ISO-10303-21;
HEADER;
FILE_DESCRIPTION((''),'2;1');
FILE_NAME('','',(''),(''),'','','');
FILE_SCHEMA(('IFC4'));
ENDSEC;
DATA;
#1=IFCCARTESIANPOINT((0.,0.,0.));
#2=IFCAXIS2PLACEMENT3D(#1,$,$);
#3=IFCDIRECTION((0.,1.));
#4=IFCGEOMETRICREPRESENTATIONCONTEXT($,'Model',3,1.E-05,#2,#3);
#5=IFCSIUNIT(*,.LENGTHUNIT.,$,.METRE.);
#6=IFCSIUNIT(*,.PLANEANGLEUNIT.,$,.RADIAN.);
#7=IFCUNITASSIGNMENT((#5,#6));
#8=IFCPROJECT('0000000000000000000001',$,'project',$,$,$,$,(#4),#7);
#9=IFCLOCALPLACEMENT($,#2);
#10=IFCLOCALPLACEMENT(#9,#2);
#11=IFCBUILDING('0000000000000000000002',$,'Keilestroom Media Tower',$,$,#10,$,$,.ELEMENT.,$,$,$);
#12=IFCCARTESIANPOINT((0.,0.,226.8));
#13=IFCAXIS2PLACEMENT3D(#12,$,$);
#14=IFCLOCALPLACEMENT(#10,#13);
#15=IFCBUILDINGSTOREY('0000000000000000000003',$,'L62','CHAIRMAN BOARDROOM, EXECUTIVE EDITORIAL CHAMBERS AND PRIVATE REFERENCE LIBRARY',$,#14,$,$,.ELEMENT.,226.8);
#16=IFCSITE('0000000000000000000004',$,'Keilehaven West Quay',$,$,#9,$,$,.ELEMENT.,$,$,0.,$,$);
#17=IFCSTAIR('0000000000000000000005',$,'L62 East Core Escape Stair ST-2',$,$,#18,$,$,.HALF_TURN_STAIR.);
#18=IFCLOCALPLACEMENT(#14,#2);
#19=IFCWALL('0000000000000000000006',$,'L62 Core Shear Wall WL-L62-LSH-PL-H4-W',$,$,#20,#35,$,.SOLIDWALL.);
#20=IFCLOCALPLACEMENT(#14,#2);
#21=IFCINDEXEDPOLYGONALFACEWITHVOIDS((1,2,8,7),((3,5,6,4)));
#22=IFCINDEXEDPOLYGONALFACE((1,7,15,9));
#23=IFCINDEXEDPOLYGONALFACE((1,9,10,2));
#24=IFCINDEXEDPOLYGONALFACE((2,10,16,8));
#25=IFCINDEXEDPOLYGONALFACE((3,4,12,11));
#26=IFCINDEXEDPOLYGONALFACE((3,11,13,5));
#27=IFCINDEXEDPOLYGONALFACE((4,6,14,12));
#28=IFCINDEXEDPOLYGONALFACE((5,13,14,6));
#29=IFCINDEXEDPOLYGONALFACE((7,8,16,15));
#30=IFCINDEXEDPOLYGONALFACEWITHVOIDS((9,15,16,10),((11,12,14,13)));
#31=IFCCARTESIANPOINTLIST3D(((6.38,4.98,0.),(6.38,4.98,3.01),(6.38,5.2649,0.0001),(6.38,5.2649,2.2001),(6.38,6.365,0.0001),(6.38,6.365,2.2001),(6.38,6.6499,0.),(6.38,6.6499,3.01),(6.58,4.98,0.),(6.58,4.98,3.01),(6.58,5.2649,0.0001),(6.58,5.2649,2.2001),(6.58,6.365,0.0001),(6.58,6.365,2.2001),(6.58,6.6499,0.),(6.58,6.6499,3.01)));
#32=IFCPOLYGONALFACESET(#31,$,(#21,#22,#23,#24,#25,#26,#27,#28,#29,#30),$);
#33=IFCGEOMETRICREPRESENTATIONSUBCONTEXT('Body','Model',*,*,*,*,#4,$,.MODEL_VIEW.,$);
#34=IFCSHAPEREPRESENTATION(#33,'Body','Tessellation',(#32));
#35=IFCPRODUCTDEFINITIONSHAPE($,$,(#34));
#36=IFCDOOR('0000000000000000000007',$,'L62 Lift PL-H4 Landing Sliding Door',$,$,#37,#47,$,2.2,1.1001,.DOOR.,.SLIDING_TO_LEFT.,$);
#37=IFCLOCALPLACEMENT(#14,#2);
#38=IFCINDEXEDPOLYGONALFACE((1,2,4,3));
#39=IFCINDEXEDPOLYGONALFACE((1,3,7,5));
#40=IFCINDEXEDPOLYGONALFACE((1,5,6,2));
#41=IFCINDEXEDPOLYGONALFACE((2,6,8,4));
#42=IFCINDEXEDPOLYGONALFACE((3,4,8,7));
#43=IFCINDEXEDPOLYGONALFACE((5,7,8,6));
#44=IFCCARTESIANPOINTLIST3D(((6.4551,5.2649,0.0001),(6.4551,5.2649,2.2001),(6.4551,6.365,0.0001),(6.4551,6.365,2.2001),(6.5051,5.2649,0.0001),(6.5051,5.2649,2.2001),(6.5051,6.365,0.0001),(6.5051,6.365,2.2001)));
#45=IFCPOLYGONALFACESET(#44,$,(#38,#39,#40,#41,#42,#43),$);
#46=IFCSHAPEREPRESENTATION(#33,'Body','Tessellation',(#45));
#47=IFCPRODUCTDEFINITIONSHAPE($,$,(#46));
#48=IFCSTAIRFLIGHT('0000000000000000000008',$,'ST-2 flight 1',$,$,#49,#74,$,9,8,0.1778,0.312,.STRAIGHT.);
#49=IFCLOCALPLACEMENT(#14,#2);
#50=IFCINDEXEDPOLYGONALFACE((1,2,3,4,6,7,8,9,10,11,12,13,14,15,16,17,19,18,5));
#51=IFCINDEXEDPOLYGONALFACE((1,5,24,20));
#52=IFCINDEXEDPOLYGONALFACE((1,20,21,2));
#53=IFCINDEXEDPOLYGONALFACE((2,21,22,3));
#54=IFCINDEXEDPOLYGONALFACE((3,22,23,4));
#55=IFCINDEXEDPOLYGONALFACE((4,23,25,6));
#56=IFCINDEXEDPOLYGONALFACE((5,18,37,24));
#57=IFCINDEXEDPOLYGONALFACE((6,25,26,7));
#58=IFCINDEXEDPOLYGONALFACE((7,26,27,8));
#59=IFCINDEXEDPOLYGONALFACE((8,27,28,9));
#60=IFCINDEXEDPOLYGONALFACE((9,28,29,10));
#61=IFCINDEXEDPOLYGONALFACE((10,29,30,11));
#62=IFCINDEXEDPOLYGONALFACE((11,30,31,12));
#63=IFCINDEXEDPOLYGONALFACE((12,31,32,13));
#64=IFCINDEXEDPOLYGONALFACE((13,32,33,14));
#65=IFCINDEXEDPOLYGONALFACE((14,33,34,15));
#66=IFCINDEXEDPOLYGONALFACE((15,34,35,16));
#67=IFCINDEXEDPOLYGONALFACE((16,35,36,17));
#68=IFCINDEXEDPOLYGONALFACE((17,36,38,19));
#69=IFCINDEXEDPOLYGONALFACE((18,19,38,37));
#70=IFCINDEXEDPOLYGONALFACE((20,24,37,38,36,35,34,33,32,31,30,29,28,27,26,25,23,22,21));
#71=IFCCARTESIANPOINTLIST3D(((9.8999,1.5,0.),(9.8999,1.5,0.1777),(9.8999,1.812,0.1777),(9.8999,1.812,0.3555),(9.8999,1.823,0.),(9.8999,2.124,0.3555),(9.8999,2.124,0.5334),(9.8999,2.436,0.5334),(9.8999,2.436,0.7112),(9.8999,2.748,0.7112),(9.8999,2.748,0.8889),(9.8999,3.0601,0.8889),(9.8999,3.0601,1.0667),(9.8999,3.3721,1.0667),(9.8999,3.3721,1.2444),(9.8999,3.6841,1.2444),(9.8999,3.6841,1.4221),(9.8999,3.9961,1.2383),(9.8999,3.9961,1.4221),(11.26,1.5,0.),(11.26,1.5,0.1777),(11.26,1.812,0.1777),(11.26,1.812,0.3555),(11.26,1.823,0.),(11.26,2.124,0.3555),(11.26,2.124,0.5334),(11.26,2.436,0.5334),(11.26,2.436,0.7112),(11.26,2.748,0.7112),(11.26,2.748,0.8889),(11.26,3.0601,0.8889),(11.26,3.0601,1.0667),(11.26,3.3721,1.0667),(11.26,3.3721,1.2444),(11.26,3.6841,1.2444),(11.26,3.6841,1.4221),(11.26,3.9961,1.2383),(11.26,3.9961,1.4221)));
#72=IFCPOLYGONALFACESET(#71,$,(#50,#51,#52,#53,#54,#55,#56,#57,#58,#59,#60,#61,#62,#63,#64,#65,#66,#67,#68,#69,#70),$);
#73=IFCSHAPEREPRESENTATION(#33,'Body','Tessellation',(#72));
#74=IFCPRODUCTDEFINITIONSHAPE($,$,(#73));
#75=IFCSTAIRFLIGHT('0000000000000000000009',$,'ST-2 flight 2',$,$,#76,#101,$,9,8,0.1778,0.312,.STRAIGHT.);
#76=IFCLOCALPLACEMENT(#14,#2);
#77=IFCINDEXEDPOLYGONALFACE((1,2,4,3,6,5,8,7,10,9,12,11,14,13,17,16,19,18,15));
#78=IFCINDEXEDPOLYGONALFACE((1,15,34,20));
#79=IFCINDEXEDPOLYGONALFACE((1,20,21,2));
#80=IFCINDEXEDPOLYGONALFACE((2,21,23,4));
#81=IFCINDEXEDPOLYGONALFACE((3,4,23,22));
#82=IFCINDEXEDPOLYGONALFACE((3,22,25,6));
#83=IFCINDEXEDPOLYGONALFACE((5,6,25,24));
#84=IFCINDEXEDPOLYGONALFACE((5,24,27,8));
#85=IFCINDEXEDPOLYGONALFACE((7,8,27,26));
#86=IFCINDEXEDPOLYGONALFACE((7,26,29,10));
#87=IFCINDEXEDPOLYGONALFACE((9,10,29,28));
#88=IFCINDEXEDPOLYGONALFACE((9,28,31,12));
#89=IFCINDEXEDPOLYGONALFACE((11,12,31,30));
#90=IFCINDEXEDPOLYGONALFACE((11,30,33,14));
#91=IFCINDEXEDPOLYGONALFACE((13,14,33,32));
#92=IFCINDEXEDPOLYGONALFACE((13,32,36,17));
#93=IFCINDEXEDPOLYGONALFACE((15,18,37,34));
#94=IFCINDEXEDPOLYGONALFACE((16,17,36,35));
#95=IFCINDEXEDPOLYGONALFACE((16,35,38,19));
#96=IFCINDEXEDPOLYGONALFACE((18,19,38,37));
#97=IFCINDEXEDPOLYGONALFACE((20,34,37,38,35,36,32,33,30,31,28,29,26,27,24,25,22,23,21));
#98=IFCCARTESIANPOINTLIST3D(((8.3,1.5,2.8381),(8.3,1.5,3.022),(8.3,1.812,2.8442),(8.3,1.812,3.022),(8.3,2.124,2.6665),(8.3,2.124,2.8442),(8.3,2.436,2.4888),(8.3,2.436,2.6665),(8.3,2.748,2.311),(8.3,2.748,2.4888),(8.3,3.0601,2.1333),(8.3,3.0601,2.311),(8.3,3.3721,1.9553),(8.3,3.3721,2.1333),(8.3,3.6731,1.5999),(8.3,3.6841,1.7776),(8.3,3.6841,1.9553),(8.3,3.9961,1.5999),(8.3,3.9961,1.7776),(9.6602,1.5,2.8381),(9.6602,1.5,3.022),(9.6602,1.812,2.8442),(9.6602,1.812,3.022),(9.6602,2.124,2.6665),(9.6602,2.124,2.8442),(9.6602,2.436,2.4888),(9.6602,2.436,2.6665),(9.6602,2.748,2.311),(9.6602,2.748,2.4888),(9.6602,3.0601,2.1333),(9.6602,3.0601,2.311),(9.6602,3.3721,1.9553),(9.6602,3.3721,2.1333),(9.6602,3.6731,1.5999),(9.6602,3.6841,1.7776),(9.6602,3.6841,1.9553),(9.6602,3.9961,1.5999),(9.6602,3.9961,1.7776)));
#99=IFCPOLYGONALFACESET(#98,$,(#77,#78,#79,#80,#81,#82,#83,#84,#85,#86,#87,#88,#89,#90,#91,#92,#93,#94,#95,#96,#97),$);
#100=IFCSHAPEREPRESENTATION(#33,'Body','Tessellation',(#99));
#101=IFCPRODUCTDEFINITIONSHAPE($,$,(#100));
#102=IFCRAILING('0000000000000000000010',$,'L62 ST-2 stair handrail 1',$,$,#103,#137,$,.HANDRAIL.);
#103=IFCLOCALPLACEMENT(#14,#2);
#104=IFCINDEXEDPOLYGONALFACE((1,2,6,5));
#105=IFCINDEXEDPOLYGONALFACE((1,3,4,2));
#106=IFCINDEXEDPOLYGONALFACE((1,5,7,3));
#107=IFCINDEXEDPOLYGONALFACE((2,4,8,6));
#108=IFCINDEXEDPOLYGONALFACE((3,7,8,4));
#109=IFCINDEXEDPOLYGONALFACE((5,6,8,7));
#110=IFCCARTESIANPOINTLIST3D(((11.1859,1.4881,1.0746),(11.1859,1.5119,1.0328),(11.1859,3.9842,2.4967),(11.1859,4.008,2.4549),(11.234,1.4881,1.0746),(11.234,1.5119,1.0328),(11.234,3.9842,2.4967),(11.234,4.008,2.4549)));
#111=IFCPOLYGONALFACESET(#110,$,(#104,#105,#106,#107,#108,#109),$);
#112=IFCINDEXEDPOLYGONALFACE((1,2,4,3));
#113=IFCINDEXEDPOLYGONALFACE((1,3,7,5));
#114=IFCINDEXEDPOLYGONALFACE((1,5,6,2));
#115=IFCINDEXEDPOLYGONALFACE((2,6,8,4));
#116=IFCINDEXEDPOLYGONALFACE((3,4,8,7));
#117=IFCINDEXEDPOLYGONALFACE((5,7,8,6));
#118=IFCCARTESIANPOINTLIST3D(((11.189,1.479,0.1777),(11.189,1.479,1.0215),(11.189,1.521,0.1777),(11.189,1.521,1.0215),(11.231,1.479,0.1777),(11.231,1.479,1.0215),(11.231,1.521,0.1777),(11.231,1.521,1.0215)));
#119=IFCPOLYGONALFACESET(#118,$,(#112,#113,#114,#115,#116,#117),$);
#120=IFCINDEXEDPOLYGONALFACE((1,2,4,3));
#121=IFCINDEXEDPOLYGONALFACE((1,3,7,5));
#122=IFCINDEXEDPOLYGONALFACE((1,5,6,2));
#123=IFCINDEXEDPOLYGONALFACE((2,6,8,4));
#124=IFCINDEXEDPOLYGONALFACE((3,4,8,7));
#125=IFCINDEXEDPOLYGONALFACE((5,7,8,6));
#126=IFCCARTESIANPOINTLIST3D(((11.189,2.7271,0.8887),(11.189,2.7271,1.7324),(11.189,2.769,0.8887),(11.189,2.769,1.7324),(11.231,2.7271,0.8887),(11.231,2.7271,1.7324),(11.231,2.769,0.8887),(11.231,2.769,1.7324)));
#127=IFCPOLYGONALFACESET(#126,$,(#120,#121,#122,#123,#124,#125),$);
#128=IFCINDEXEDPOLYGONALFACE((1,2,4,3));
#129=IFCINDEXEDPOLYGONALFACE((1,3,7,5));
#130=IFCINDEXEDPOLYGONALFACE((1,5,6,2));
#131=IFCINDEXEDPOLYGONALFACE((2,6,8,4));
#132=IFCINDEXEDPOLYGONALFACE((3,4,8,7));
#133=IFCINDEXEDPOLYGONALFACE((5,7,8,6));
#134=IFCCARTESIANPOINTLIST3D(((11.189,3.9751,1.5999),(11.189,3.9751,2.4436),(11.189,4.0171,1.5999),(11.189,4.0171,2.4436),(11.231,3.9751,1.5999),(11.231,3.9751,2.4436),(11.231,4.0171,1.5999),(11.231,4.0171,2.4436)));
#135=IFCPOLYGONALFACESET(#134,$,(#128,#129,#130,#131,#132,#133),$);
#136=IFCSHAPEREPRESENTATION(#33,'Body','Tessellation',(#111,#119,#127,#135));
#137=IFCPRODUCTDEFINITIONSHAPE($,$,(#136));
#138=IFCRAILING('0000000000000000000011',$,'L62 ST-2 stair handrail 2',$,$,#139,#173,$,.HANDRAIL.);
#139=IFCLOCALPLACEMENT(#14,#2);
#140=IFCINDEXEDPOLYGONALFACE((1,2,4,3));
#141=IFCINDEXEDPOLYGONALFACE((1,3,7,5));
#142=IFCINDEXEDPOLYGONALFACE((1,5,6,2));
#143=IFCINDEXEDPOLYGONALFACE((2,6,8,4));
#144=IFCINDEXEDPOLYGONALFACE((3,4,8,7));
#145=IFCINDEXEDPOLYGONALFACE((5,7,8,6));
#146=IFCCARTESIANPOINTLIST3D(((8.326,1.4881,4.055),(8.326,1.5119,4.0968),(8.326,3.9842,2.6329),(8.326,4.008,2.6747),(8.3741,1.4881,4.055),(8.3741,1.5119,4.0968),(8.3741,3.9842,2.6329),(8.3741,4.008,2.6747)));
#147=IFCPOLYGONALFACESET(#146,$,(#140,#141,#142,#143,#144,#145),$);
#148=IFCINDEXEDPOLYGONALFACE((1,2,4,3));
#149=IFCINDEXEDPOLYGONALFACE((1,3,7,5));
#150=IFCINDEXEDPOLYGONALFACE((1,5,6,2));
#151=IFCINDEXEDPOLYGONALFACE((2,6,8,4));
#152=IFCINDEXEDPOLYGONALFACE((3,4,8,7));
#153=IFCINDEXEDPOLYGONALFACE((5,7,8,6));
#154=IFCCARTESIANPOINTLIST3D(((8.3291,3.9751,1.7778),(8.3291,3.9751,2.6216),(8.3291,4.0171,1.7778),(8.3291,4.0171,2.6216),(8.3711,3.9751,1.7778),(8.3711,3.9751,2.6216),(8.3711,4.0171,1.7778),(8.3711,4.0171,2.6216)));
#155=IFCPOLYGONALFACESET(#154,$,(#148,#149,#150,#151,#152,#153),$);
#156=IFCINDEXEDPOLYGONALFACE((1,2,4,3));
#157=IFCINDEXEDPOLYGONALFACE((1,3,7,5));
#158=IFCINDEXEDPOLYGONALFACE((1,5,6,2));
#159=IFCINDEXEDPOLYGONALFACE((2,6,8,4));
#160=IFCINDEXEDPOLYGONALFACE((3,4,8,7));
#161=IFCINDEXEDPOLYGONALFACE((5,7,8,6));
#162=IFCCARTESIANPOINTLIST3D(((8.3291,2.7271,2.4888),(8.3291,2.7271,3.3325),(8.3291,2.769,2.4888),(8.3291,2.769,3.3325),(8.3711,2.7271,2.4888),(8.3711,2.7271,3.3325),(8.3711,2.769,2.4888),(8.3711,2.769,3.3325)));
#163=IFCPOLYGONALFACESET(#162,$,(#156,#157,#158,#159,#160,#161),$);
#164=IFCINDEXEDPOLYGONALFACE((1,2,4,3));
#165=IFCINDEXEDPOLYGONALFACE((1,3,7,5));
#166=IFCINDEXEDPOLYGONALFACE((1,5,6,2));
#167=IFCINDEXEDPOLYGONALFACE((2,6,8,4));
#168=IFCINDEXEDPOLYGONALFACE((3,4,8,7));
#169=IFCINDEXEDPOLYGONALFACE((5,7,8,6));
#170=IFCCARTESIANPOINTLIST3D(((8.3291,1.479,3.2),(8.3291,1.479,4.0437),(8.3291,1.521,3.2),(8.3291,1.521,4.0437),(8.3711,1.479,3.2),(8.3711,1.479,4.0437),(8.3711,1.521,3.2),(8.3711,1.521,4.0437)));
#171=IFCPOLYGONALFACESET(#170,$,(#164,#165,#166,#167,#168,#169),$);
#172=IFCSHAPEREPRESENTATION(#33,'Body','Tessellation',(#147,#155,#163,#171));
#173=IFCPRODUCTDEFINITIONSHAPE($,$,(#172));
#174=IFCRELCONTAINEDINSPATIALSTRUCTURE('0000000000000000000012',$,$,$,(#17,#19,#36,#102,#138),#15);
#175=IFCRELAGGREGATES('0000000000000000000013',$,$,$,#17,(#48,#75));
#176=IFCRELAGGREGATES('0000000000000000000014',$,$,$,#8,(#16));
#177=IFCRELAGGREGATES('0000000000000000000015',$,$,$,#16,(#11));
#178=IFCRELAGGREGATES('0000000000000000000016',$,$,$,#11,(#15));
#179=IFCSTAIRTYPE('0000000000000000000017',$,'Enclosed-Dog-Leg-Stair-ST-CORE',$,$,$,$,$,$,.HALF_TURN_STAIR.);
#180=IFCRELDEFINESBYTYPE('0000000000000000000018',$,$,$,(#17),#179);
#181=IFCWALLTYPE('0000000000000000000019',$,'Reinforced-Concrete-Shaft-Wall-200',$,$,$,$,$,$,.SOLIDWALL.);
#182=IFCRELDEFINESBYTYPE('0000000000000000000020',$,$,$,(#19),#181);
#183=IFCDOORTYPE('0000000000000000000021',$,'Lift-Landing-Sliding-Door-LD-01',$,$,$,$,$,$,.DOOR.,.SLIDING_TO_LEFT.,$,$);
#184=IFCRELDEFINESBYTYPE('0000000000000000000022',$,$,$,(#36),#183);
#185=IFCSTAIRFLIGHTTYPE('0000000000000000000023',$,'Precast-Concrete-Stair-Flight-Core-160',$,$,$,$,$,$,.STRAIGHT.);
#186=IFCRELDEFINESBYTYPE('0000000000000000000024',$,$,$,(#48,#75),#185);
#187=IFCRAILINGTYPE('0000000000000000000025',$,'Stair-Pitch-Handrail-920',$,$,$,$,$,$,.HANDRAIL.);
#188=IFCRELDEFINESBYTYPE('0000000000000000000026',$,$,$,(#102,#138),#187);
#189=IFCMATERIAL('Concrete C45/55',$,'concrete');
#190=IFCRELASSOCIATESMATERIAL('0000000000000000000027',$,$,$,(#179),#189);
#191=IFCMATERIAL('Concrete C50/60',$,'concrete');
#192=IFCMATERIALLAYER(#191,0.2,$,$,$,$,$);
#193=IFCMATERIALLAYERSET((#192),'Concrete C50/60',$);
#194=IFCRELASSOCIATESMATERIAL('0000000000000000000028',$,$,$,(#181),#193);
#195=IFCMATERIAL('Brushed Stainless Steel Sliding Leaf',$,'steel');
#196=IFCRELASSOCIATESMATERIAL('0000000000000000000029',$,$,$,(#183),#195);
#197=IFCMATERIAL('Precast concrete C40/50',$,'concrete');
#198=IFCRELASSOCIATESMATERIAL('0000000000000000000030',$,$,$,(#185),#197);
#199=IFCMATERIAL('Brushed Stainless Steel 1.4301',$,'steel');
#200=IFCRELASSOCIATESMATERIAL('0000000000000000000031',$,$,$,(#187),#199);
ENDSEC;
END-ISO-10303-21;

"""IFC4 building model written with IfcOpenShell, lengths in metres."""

from ifc_helpers import new_model, si_unit, direction, frame, frame_2d, origin, origin_2d, place, context, subcontext, project, spatial, polyline, rectangle, outline, extrude, source, transform, mapped, material, layer, layer_set, type_object, element, fill, aggregate, save


model = new_model("IFC4")

# Units and contexts
model_context = context("Model", 3, precision=1e-05, world=origin(), true_north=direction((0.0, 1.0)))
body_context = subcontext(model_context, "Body", "Model", "MODEL_VIEW")
ifc_project = project(units=[si_unit("LENGTHUNIT", "METRE"), si_unit("PLANEANGLEUNIT", "RADIAN")], contexts=[model_context])

# Site, building, storey
site_placement = place(None, origin())
site = spatial("IfcSite", under=ifc_project, at=site_placement, Name="Keilehaven West Quay", CompositionType="ELEMENT", RefElevation=0.0)
building_placement = place(site_placement, origin())
building = spatial("IfcBuilding", under=site, at=building_placement, Name="Keilestroom Media Tower", CompositionType="ELEMENT")
storey_placement = place(building_placement, frame((0.0, 0.0, 226.8)))
storey = spatial("IfcBuildingStorey", under=building, at=storey_placement, Name="L62", Description="CHAIRMAN BOARDROOM, EXECUTIVE EDITORIAL CHAMBERS AND PRIVATE REFERENCE LIBRARY", CompositionType="ELEMENT", Elevation=226.8)

# Stair
ifc_material_1 = material(Name="Concrete C45/55", Category="concrete")
stair_type = type_object("IfcStairType", Name="Enclosed-Dog-Leg-Stair-ST-CORE", PredefinedType="HALF_TURN_STAIR", material=ifc_material_1)
stair_placement = place(storey_placement, origin())
stair = element("IfcStair", 1, at=stair_placement, inside=storey, type_object=stair_type, Name="L62 East Core Escape Stair ST-2", PredefinedType="HALF_TURN_STAIR")

# Shared definitions
ifc_material_2 = material(Name="Concrete C50/60", Category="concrete")
ifc_layer_1 = layer(ifc_material_2, 0.2)
ifc_layer_set_1 = layer_set([ifc_layer_1], Name="Concrete C50/60")
wall_type_1 = type_object("IfcWallType", Name="Reinforced-Concrete-Shaft-Wall-200", PredefinedType="SOLIDWALL", material=ifc_layer_set_1)

# Shared definitions
ifc_material_3 = material(Name="Brushed Stainless Steel Sliding Leaf", Category="steel")
door_type = type_object("IfcDoorType", Name="Lift-Landing-Sliding-Door-LD-01", OperationType="SLIDING_TO_LEFT", PredefinedType="DOOR", material=ifc_material_3)
shared_shape_1 = source(origin(), body_context, "Body", "SweptSolid", [
    extrude(rectangle(XDim=1.1001, YDim=2.2, at=frame_2d((0.55, 1.1001))), frame((0.0, 0.0249, 0.0), z_axis=(0.0, -1.0, 0.0), x_axis=(1.0, 0.0, 0.0)), (0.0, 0.0, 1.0), 0.05),
])

# Wall, opening, door
wall_1_placement = place(storey_placement, frame((6.48, 4.98, 0.0), z_axis=(0.0, 0.0, 1.0), x_axis=(0.0, 1.0, 0.0)))
wall_1 = element("IfcWall", 2, at=wall_1_placement, inside=storey, type_object=wall_type_1, Name="L62 Core Shear Wall WL-L62-LSH-PL-H4-W", PredefinedType="SOLIDWALL", context=body_context, shape_type="SweptSolid", body=[
    extrude(rectangle(XDim=1.6699, YDim=0.2, at=frame_2d((0.835, 0.0))), origin(), (0.0, 0.0, 1.0), 3.01),
])
opening_1_placement = place(wall_1_placement, frame((0.2849, 0.0, 0.0)))
opening_1 = element("IfcOpeningElement", 3, at=opening_1_placement, cuts=wall_1, PredefinedType="OPENING", context=body_context, shape_type="SweptSolid", body=[
    extrude(rectangle(XDim=1.1001, YDim=2.2, at=frame_2d((0.55, 1.1001))), frame((0.0, 0.1099, 0.0), z_axis=(0.0, -1.0, 0.0), x_axis=(1.0, 0.0, 0.0)), (0.0, 0.0, 1.0), 0.22),
])
door_1_placement = place(opening_1_placement, origin())
door_1 = element("IfcDoor", 4, at=door_1_placement, inside=storey, type_object=door_type, Name="L62 Lift PL-H4 Landing Sliding Door", OperationType="SLIDING_TO_LEFT", OverallHeight=2.2, OverallWidth=1.1001, PredefinedType="DOOR", context=body_context, shape_type="MappedRepresentation", body=[
    mapped(shared_shape_1, transform((0.0, 0.0, 0.0), x_axis=(1.0, 0.0, 0.0), y_axis=(0.0, 1.0, 0.0), z_axis=(0.0, 0.0, 1.0), scale=1.0)),
])
fill(opening_1, door_1)

# Stair flights
ifc_material_4 = material(Name="Precast concrete C40/50", Category="concrete")
stair_flight_type = type_object("IfcStairFlightType", Name="Precast-Concrete-Stair-Flight-Core-160", PredefinedType="STRAIGHT", material=ifc_material_4)
stair_flight_1_placement = place(storey_placement, frame((10.5801, 1.5, 0.0), z_axis=(0.0, 0.0, 1.0), x_axis=(0.0, 1.0, 0.0)))
stair_flight_1 = element("IfcStairFlight", 5, at=stair_flight_1_placement, type_object=stair_flight_type, Name="ST-2 flight 1", NumberOfRisers=9, NumberOfTreads=8, PredefinedType="STRAIGHT", RiserHeight=0.1778, TreadLength=0.312, context=body_context, shape_type="SweptSolid", body=[
    extrude(outline(polyline([(0.0, 0.0), (0.0, 0.1777), (0.312, 0.1777), (0.312, 0.3555), (0.624, 0.3555), (0.624, 0.5334), (0.936, 0.5334), (0.936, 0.7112), (1.248, 0.7112), (1.248, 0.8889), (1.5601, 0.8889), (1.5601, 1.0667), (1.8721, 1.0667), (1.8721, 1.2444), (2.1841, 1.2444), (2.1841, 1.4221), (2.4961, 1.4221), (2.4961, 1.6001), (2.4961, 1.2383), (0.323, 0.0), (0.0, 0.0)])), frame((0.0, 0.6802, 0.0), z_axis=(0.0, -1.0, 0.0), x_axis=(1.0, 0.0, 0.0)), (0.0, 0.0, 1.0), 1.3601),
])
stair_flight_2_placement = place(storey_placement, frame((8.98, 3.9961, 1.5999), z_axis=(0.0, 0.0, 1.0), x_axis=(0.0, -1.0, 0.0)))
stair_flight_2 = element("IfcStairFlight", 6, at=stair_flight_2_placement, type_object=stair_flight_type, Name="ST-2 flight 2", NumberOfRisers=9, NumberOfTreads=8, PredefinedType="STRAIGHT", RiserHeight=0.1778, TreadLength=0.312, context=body_context, shape_type="SweptSolid", body=[
    extrude(outline(polyline([(0.0, 0.0), (0.0, 0.1777), (0.312, 0.1777), (0.312, 0.3555), (0.624, 0.3555), (0.624, 0.5334), (0.936, 0.5334), (0.936, 0.7112), (1.248, 0.7112), (1.248, 0.8889), (1.5601, 0.8889), (1.5601, 1.0667), (1.8721, 1.0667), (1.8721, 1.2444), (2.1841, 1.2444), (2.1841, 1.4221), (2.4961, 1.4221), (2.4961, 1.6001), (2.4961, 1.2383), (0.323, 0.0), (0.0, 0.0)])), frame((0.0, 0.6802, 0.0), z_axis=(0.0, -1.0, 0.0), x_axis=(1.0, 0.0, 0.0)), (0.0, 0.0, 1.0), 1.3601),
])
aggregate(stair, [stair_flight_1, stair_flight_2])

# Railings
ifc_material_5 = material(Name="Brushed Stainless Steel 1.4301", Category="steel")
railing_type_1 = type_object("IfcRailingType", Name="Stair-Pitch-Handrail-920", PredefinedType="HANDRAIL", material=ifc_material_5)
railing_1_placement = place(storey_placement, frame((11.21, 1.5, 0.1777)))
element("IfcRailing", 7, at=railing_1_placement, inside=storey, type_object=railing_type_1, Name="L62 ST-2 stair handrail 1", PredefinedType="HANDRAIL", context=body_context, shape_type="SweptSolid", body=[
    extrude(rectangle(XDim=0.0481, YDim=0.0481, at=origin_2d()), frame((0.0, 0.0, 0.876), z_axis=(0.0, 0.868875, 0.495031), x_axis=(-1.0, 0.0, 0.0)), (0.0, 0.0, 1.0), 2.8728),
    extrude(rectangle(XDim=0.042, YDim=0.042, at=origin_2d()), origin(), (0.0, 0.0, 1.0), 0.8438),
    extrude(rectangle(XDim=0.042, YDim=0.042, at=origin_2d()), frame((0.0, 1.248, 0.7109)), (0.0, 0.0, 1.0), 0.8438),
    extrude(rectangle(XDim=0.042, YDim=0.042, at=origin_2d()), frame((0.0, 2.4961, 1.4221)), (0.0, 0.0, 1.0), 0.8438),
])
railing_2_placement = place(storey_placement, frame((8.3501, 3.9961, 1.7778)))
element("IfcRailing", 8, at=railing_2_placement, inside=storey, type_object=railing_type_1, Name="L62 ST-2 stair handrail 2", PredefinedType="HANDRAIL", context=body_context, shape_type="SweptSolid", body=[
    extrude(rectangle(XDim=0.0481, YDim=0.0481, at=origin_2d()), frame((0.0, 0.0, 0.876), z_axis=(0.0, -0.868875, 0.495031), x_axis=(1.0, 0.0, 0.0)), (0.0, 0.0, 1.0), 2.8728),
    extrude(rectangle(XDim=0.042, YDim=0.042, at=origin_2d()), origin(), (0.0, 0.0, 1.0), 0.8438),
    extrude(rectangle(XDim=0.042, YDim=0.042, at=origin_2d()), frame((0.0, -1.248, 0.7109)), (0.0, 0.0, 1.0), 0.8438),
    extrude(rectangle(XDim=0.042, YDim=0.042, at=origin_2d()), frame((0.0, -2.4961, 1.4221)), (0.0, 0.0, 1.0), 0.8438),
])

save(model, "model.ifc")
